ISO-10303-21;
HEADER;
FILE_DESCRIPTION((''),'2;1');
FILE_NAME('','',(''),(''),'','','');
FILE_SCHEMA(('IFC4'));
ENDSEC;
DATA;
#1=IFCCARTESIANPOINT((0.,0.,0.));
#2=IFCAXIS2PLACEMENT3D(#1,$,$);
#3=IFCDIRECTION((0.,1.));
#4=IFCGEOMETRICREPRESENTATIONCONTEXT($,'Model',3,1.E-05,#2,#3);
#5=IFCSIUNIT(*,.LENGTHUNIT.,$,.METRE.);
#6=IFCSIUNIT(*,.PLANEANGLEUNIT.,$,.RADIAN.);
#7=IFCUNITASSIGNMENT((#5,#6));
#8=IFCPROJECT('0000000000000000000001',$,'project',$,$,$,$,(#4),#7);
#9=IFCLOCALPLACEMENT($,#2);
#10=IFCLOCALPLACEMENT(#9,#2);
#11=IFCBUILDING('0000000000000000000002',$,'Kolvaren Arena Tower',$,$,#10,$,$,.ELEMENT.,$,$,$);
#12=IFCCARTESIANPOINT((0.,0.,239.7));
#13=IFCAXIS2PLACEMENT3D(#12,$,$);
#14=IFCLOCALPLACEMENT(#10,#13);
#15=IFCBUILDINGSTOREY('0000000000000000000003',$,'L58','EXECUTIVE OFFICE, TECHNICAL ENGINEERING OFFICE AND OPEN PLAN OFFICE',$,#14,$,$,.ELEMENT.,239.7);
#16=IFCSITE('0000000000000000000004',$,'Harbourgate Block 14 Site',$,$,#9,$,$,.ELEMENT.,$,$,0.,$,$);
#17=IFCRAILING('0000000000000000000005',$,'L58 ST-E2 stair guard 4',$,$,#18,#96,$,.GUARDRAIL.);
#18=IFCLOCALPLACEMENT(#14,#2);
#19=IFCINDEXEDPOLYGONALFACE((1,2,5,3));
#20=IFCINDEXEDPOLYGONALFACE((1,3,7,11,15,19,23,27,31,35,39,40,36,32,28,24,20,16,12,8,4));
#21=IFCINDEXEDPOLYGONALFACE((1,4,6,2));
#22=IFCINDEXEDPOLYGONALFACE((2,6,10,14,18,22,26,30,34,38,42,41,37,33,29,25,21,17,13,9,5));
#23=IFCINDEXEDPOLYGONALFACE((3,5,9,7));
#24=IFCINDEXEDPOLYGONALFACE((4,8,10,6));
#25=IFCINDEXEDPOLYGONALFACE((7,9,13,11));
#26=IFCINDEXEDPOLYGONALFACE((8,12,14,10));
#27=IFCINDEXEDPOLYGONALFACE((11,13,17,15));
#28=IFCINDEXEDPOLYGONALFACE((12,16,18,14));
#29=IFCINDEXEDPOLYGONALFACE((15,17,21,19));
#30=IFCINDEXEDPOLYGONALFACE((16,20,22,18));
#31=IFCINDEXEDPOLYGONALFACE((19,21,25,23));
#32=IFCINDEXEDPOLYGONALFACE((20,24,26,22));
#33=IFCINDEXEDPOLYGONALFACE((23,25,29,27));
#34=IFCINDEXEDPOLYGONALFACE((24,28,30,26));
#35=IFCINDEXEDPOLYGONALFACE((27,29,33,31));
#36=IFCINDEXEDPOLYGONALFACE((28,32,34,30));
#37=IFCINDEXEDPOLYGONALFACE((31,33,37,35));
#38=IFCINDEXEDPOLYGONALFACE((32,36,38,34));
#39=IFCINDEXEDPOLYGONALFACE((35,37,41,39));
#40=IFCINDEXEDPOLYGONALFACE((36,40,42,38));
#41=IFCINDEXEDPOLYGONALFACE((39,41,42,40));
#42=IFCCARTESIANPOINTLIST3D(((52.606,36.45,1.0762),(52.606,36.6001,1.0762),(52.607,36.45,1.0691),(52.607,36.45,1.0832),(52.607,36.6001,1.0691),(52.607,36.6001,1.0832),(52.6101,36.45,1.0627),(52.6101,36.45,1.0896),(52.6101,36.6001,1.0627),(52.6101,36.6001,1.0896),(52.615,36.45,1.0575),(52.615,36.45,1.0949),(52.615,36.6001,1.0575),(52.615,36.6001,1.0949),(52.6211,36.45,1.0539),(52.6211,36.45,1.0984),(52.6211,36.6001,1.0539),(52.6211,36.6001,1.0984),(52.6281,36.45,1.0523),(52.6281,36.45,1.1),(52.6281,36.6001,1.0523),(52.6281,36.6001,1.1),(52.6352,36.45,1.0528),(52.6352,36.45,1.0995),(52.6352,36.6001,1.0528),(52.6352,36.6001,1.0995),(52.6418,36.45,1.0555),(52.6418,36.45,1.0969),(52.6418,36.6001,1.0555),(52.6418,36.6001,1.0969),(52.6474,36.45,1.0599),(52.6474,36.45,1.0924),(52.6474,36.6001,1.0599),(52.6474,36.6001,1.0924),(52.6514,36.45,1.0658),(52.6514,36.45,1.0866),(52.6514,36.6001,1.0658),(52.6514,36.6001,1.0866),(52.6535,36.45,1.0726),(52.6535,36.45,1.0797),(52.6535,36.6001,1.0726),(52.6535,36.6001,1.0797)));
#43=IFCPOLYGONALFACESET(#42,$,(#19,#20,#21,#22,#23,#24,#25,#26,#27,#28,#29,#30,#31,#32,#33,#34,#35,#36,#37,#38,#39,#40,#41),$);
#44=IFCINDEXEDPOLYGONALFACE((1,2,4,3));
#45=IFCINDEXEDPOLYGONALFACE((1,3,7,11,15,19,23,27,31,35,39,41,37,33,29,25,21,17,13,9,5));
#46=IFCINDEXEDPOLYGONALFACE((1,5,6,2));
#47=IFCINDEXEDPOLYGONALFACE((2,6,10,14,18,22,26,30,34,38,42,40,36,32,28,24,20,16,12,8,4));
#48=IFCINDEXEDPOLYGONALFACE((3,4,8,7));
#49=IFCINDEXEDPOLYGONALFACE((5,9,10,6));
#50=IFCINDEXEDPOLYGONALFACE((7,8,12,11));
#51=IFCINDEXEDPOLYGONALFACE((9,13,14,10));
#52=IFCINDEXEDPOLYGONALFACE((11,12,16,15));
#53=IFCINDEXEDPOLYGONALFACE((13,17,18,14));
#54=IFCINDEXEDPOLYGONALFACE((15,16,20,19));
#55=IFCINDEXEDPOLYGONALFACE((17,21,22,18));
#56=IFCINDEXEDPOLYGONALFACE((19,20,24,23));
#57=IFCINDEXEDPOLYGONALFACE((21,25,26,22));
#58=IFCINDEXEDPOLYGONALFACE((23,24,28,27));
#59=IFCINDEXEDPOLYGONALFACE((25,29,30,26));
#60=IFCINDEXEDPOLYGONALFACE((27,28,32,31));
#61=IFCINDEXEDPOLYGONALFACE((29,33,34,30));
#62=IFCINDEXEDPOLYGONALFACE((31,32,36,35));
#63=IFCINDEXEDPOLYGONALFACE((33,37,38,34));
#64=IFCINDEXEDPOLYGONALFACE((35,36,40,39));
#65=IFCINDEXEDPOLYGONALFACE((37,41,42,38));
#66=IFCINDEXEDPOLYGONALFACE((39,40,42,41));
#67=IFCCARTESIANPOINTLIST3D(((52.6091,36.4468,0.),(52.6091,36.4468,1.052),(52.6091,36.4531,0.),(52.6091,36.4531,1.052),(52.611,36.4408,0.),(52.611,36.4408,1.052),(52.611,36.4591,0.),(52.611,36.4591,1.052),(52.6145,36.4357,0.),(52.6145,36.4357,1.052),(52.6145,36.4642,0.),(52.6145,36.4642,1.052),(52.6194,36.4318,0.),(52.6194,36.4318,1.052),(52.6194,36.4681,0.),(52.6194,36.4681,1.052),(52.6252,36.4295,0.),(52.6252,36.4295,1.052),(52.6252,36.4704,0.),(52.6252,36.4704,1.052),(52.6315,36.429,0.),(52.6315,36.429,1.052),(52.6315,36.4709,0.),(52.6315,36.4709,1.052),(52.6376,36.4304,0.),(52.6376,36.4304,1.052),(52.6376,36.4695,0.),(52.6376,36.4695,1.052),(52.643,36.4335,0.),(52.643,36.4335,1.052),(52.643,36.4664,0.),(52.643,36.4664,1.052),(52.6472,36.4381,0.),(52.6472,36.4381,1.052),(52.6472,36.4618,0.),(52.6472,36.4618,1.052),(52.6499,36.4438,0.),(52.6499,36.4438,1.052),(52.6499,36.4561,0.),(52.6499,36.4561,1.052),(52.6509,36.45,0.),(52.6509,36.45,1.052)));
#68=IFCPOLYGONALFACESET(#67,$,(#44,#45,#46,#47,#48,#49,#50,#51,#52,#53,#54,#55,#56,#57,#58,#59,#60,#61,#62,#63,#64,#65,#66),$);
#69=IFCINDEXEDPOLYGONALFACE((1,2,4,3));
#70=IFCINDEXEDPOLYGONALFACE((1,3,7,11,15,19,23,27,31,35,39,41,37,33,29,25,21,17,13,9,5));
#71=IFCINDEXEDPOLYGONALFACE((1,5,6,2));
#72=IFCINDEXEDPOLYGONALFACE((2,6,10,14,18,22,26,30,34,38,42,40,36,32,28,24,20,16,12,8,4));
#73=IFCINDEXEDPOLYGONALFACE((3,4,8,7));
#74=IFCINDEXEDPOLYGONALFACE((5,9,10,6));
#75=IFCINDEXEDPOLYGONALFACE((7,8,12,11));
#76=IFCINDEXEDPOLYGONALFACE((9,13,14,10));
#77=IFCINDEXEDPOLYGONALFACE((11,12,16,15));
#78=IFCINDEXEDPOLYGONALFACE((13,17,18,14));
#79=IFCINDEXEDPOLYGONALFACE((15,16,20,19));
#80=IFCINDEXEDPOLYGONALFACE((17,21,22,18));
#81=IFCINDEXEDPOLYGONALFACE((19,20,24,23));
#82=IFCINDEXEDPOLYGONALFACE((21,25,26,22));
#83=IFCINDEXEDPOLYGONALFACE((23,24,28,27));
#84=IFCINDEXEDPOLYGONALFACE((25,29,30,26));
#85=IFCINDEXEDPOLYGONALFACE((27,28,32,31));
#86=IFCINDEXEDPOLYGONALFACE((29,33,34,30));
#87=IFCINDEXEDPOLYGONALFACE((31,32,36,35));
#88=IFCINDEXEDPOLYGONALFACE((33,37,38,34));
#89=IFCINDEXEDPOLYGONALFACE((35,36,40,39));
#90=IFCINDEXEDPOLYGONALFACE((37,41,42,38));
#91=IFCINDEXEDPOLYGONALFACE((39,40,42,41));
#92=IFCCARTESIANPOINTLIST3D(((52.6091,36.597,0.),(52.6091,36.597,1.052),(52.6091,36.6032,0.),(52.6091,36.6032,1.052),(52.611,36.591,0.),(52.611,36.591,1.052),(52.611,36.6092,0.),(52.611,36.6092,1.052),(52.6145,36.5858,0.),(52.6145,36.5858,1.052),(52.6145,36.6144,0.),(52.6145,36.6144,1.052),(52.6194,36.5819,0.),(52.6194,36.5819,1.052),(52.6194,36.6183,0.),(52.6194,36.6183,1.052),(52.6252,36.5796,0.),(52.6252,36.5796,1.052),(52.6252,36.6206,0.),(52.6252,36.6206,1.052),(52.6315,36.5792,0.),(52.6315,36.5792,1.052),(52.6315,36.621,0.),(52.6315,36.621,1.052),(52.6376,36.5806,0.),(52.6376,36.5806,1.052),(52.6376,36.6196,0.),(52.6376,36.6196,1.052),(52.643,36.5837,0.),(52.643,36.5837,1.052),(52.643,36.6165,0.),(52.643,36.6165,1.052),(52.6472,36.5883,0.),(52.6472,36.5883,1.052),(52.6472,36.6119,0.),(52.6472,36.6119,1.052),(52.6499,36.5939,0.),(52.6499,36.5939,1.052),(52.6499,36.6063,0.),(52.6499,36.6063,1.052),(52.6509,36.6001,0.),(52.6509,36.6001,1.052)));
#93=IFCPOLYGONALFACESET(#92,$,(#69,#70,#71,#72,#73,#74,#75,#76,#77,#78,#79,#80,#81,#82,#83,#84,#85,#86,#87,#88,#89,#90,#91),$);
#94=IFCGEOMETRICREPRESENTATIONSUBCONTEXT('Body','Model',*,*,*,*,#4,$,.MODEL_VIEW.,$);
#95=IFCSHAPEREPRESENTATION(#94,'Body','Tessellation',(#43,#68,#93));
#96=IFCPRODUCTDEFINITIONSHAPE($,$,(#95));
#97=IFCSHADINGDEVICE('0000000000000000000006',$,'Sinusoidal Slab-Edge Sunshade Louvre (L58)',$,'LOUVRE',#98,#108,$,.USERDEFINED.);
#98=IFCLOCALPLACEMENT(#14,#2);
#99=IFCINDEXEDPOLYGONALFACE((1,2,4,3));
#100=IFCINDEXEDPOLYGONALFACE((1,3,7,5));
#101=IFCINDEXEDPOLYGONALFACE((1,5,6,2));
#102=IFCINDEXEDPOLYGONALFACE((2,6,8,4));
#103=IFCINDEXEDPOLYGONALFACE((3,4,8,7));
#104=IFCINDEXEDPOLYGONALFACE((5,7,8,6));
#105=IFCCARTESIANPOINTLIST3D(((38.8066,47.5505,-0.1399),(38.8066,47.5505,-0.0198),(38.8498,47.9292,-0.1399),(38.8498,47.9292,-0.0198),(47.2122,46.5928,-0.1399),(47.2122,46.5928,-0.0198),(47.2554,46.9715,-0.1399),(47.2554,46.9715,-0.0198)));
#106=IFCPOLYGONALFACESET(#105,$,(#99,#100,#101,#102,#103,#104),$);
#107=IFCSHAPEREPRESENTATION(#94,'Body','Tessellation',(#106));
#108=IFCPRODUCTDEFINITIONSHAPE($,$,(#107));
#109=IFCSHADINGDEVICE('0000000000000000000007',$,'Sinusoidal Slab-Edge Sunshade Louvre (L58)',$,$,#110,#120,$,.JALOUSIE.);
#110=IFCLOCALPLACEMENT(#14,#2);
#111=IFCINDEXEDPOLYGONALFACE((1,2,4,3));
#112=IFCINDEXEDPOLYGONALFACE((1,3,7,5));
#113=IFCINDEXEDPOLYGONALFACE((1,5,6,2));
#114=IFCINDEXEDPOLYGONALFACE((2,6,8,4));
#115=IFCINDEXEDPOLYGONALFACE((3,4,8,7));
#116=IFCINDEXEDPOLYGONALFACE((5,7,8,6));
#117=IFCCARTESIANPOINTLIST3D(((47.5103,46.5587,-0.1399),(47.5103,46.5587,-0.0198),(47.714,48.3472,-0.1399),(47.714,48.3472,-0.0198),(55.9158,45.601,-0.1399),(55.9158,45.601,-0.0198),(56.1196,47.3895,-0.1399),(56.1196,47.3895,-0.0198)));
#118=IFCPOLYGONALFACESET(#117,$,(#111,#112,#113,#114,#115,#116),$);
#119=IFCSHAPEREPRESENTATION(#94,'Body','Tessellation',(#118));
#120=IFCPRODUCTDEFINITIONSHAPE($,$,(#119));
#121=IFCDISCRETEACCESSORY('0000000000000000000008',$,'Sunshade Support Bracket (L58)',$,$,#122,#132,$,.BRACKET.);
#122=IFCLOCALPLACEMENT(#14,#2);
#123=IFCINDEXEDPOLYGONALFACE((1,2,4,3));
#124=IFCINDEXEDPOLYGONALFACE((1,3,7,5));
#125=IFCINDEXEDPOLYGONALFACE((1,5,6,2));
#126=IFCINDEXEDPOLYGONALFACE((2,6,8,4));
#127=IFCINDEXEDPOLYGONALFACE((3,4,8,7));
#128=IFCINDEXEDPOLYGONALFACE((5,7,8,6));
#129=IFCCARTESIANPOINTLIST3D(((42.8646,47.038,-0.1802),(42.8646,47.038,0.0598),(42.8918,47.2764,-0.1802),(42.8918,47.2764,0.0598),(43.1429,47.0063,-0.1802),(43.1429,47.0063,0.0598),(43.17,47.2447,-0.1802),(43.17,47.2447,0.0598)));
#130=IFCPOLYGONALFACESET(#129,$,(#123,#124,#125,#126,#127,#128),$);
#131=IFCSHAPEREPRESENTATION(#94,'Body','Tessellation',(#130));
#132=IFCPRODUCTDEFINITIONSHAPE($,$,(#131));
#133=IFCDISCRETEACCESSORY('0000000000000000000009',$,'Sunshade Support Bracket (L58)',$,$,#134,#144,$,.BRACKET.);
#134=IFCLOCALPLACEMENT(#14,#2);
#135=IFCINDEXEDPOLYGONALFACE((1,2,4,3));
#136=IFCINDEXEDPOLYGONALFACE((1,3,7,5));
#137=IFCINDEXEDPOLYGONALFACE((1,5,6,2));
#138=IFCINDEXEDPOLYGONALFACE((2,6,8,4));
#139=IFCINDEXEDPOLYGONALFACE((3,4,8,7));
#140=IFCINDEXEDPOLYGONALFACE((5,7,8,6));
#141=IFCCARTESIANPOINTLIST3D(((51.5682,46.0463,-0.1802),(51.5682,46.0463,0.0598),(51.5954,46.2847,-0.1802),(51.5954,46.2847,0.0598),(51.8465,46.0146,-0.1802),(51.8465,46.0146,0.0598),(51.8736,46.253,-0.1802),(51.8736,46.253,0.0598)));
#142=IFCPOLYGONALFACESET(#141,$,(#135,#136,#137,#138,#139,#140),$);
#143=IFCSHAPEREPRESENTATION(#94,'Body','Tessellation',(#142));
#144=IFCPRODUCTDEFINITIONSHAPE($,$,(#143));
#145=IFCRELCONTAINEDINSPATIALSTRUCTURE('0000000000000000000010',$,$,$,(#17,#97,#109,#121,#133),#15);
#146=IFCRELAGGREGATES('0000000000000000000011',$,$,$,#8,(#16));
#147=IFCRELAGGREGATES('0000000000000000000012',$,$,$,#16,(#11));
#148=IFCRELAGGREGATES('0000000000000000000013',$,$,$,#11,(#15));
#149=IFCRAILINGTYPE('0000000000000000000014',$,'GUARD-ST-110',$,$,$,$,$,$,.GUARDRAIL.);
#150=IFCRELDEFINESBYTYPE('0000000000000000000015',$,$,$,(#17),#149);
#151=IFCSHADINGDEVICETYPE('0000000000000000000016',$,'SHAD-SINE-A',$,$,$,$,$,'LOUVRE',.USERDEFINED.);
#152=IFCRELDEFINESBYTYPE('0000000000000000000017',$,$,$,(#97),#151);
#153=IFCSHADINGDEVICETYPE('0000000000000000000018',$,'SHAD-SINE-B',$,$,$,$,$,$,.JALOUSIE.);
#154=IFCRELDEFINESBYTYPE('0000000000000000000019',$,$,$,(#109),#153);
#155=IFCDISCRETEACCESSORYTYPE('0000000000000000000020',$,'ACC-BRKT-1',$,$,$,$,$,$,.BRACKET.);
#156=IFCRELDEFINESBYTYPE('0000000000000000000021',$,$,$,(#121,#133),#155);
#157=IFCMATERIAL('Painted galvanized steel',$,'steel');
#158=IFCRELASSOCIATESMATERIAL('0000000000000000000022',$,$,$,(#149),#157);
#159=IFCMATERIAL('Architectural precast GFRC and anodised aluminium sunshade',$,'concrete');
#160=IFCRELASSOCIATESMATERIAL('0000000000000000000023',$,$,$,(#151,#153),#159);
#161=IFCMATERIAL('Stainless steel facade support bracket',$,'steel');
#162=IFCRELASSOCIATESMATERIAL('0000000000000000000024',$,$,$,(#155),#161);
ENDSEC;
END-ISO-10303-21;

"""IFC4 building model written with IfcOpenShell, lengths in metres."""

from ifc_helpers import new_model, si_unit, direction, frame, origin, origin_2d, place, context, subcontext, project, spatial, rectangle, circle, extrude, material, type_object, element, save


model = new_model("IFC4")

# Units and contexts
model_context = context("Model", 3, precision=1e-05, world=origin(), true_north=direction((0.0, 1.0)))
body_context = subcontext(model_context, "Body", "Model", "MODEL_VIEW")
ifc_project = project(units=[si_unit("LENGTHUNIT", "METRE"), si_unit("PLANEANGLEUNIT", "RADIAN")], contexts=[model_context])

# Site, building, storey
site_placement = place(None, origin())
site = spatial("IfcSite", under=ifc_project, at=site_placement, Name="Harbourgate Block 14 Site", CompositionType="ELEMENT", RefElevation=0.0)
building_placement = place(site_placement, origin())
building = spatial("IfcBuilding", under=site, at=building_placement, Name="Kolvaren Arena Tower", CompositionType="ELEMENT")
storey_placement = place(building_placement, frame((0.0, 0.0, 239.7)))
storey = spatial("IfcBuildingStorey", under=building, at=storey_placement, Name="L58", Description="EXECUTIVE OFFICE, TECHNICAL ENGINEERING OFFICE AND OPEN PLAN OFFICE", CompositionType="ELEMENT", Elevation=239.7)

# Railing
ifc_material_1 = material(Name="Painted galvanized steel", Category="steel")
railing_type = type_object("IfcRailingType", Name="GUARD-ST-110", PredefinedType="GUARDRAIL", material=ifc_material_1)
railing_1_placement = place(storey_placement, frame((52.6299, 36.45, 0.0)))
element("IfcRailing", 1, at=railing_1_placement, inside=storey, type_object=railing_type, Name="L58 ST-E2 stair guard 4", PredefinedType="GUARDRAIL", context=body_context, shape_type="SweptSolid", body=[
    extrude(circle(Radius=0.0239, at=origin_2d()), frame((0.0, 0.0, 1.0762), z_axis=(0.0, 1.0, 0.0), x_axis=(-1.0, 0.0, 0.0)), (0.0, 0.0, 1.0), 0.1501),
    extrude(circle(Radius=0.021, at=origin_2d()), origin(), (0.0, 0.0, 1.0), 1.052),
    extrude(circle(Radius=0.021, at=origin_2d()), frame((0.0, 0.1501, 0.0)), (0.0, 0.0, 1.0), 1.052),
])

# Shading devices
ifc_material_2 = material(Name="Architectural precast GFRC and anodised aluminium sunshade", Category="concrete")
shading_device_type_1 = type_object("IfcShadingDeviceType", Name="SHAD-SINE-A", ElementType="LOUVRE", PredefinedType="USERDEFINED", material=ifc_material_2)
shading_device_1_placement = place(storey_placement, frame((43.031, 47.261, -0.1399), z_axis=(0.0, 0.0, 1.0), x_axis=(0.993572, -0.113205, 0.0)))
element("IfcShadingDevice", 2, at=shading_device_1_placement, inside=storey, type_object=shading_device_type_1, Name="Sinusoidal Slab-Edge Sunshade Louvre (L58)", ObjectType="LOUVRE", PredefinedType="USERDEFINED", context=body_context, shape_type="SweptSolid", body=[
    extrude(rectangle(XDim=8.46, YDim=0.3811, at=origin_2d()), origin(), (0.0, 0.0, 1.0), 0.1201),
])
shading_device_type_2 = type_object("IfcShadingDeviceType", Name="SHAD-SINE-B", PredefinedType="JALOUSIE", material=ifc_material_2)
shading_device_2_placement = place(storey_placement, frame((51.8149, 46.9741, -0.1399), z_axis=(0.0, 0.0, 1.0), x_axis=(0.993572, -0.113205, 0.0)))
element("IfcShadingDevice", 3, at=shading_device_2_placement, inside=storey, type_object=shading_device_type_2, Name="Sinusoidal Slab-Edge Sunshade Louvre (L58)", PredefinedType="JALOUSIE", context=body_context, shape_type="SweptSolid", body=[
    extrude(rectangle(XDim=8.46, YDim=1.8, at=origin_2d()), origin(), (0.0, 0.0, 1.0), 0.1201),
])

# Discrete accessories
ifc_material_3 = material(Name="Stainless steel facade support bracket", Category="steel")
discrete_accessory_type = type_object("IfcDiscreteAccessoryType", Name="ACC-BRKT-1", PredefinedType="BRACKET", material=ifc_material_3)
for number, where, z_axis, x_axis, name in (
    (4, (43.0173, 47.1414, -0.1802), (0.0, 0.0, 1.0), (0.993572, -0.113205, 0.0), "Sunshade Support Bracket (L58)"),
    (5, (51.7209, 46.1497, -0.1802), (0.0, 0.0, 1.0), (0.993572, -0.113205, 0.0), "Sunshade Support Bracket (L58)"),
):
    element("IfcDiscreteAccessory", number, at=place(storey_placement, frame(where, z_axis=z_axis, x_axis=x_axis)), inside=storey, type_object=discrete_accessory_type, Name=name, PredefinedType="BRACKET", context=body_context, shape_type="SweptSolid", body=[
        extrude(rectangle(XDim=0.28, YDim=0.24, at=origin_2d()), origin(), (0.0, 0.0, 1.0), 0.24),
    ])

save(model, "model.ifc")
